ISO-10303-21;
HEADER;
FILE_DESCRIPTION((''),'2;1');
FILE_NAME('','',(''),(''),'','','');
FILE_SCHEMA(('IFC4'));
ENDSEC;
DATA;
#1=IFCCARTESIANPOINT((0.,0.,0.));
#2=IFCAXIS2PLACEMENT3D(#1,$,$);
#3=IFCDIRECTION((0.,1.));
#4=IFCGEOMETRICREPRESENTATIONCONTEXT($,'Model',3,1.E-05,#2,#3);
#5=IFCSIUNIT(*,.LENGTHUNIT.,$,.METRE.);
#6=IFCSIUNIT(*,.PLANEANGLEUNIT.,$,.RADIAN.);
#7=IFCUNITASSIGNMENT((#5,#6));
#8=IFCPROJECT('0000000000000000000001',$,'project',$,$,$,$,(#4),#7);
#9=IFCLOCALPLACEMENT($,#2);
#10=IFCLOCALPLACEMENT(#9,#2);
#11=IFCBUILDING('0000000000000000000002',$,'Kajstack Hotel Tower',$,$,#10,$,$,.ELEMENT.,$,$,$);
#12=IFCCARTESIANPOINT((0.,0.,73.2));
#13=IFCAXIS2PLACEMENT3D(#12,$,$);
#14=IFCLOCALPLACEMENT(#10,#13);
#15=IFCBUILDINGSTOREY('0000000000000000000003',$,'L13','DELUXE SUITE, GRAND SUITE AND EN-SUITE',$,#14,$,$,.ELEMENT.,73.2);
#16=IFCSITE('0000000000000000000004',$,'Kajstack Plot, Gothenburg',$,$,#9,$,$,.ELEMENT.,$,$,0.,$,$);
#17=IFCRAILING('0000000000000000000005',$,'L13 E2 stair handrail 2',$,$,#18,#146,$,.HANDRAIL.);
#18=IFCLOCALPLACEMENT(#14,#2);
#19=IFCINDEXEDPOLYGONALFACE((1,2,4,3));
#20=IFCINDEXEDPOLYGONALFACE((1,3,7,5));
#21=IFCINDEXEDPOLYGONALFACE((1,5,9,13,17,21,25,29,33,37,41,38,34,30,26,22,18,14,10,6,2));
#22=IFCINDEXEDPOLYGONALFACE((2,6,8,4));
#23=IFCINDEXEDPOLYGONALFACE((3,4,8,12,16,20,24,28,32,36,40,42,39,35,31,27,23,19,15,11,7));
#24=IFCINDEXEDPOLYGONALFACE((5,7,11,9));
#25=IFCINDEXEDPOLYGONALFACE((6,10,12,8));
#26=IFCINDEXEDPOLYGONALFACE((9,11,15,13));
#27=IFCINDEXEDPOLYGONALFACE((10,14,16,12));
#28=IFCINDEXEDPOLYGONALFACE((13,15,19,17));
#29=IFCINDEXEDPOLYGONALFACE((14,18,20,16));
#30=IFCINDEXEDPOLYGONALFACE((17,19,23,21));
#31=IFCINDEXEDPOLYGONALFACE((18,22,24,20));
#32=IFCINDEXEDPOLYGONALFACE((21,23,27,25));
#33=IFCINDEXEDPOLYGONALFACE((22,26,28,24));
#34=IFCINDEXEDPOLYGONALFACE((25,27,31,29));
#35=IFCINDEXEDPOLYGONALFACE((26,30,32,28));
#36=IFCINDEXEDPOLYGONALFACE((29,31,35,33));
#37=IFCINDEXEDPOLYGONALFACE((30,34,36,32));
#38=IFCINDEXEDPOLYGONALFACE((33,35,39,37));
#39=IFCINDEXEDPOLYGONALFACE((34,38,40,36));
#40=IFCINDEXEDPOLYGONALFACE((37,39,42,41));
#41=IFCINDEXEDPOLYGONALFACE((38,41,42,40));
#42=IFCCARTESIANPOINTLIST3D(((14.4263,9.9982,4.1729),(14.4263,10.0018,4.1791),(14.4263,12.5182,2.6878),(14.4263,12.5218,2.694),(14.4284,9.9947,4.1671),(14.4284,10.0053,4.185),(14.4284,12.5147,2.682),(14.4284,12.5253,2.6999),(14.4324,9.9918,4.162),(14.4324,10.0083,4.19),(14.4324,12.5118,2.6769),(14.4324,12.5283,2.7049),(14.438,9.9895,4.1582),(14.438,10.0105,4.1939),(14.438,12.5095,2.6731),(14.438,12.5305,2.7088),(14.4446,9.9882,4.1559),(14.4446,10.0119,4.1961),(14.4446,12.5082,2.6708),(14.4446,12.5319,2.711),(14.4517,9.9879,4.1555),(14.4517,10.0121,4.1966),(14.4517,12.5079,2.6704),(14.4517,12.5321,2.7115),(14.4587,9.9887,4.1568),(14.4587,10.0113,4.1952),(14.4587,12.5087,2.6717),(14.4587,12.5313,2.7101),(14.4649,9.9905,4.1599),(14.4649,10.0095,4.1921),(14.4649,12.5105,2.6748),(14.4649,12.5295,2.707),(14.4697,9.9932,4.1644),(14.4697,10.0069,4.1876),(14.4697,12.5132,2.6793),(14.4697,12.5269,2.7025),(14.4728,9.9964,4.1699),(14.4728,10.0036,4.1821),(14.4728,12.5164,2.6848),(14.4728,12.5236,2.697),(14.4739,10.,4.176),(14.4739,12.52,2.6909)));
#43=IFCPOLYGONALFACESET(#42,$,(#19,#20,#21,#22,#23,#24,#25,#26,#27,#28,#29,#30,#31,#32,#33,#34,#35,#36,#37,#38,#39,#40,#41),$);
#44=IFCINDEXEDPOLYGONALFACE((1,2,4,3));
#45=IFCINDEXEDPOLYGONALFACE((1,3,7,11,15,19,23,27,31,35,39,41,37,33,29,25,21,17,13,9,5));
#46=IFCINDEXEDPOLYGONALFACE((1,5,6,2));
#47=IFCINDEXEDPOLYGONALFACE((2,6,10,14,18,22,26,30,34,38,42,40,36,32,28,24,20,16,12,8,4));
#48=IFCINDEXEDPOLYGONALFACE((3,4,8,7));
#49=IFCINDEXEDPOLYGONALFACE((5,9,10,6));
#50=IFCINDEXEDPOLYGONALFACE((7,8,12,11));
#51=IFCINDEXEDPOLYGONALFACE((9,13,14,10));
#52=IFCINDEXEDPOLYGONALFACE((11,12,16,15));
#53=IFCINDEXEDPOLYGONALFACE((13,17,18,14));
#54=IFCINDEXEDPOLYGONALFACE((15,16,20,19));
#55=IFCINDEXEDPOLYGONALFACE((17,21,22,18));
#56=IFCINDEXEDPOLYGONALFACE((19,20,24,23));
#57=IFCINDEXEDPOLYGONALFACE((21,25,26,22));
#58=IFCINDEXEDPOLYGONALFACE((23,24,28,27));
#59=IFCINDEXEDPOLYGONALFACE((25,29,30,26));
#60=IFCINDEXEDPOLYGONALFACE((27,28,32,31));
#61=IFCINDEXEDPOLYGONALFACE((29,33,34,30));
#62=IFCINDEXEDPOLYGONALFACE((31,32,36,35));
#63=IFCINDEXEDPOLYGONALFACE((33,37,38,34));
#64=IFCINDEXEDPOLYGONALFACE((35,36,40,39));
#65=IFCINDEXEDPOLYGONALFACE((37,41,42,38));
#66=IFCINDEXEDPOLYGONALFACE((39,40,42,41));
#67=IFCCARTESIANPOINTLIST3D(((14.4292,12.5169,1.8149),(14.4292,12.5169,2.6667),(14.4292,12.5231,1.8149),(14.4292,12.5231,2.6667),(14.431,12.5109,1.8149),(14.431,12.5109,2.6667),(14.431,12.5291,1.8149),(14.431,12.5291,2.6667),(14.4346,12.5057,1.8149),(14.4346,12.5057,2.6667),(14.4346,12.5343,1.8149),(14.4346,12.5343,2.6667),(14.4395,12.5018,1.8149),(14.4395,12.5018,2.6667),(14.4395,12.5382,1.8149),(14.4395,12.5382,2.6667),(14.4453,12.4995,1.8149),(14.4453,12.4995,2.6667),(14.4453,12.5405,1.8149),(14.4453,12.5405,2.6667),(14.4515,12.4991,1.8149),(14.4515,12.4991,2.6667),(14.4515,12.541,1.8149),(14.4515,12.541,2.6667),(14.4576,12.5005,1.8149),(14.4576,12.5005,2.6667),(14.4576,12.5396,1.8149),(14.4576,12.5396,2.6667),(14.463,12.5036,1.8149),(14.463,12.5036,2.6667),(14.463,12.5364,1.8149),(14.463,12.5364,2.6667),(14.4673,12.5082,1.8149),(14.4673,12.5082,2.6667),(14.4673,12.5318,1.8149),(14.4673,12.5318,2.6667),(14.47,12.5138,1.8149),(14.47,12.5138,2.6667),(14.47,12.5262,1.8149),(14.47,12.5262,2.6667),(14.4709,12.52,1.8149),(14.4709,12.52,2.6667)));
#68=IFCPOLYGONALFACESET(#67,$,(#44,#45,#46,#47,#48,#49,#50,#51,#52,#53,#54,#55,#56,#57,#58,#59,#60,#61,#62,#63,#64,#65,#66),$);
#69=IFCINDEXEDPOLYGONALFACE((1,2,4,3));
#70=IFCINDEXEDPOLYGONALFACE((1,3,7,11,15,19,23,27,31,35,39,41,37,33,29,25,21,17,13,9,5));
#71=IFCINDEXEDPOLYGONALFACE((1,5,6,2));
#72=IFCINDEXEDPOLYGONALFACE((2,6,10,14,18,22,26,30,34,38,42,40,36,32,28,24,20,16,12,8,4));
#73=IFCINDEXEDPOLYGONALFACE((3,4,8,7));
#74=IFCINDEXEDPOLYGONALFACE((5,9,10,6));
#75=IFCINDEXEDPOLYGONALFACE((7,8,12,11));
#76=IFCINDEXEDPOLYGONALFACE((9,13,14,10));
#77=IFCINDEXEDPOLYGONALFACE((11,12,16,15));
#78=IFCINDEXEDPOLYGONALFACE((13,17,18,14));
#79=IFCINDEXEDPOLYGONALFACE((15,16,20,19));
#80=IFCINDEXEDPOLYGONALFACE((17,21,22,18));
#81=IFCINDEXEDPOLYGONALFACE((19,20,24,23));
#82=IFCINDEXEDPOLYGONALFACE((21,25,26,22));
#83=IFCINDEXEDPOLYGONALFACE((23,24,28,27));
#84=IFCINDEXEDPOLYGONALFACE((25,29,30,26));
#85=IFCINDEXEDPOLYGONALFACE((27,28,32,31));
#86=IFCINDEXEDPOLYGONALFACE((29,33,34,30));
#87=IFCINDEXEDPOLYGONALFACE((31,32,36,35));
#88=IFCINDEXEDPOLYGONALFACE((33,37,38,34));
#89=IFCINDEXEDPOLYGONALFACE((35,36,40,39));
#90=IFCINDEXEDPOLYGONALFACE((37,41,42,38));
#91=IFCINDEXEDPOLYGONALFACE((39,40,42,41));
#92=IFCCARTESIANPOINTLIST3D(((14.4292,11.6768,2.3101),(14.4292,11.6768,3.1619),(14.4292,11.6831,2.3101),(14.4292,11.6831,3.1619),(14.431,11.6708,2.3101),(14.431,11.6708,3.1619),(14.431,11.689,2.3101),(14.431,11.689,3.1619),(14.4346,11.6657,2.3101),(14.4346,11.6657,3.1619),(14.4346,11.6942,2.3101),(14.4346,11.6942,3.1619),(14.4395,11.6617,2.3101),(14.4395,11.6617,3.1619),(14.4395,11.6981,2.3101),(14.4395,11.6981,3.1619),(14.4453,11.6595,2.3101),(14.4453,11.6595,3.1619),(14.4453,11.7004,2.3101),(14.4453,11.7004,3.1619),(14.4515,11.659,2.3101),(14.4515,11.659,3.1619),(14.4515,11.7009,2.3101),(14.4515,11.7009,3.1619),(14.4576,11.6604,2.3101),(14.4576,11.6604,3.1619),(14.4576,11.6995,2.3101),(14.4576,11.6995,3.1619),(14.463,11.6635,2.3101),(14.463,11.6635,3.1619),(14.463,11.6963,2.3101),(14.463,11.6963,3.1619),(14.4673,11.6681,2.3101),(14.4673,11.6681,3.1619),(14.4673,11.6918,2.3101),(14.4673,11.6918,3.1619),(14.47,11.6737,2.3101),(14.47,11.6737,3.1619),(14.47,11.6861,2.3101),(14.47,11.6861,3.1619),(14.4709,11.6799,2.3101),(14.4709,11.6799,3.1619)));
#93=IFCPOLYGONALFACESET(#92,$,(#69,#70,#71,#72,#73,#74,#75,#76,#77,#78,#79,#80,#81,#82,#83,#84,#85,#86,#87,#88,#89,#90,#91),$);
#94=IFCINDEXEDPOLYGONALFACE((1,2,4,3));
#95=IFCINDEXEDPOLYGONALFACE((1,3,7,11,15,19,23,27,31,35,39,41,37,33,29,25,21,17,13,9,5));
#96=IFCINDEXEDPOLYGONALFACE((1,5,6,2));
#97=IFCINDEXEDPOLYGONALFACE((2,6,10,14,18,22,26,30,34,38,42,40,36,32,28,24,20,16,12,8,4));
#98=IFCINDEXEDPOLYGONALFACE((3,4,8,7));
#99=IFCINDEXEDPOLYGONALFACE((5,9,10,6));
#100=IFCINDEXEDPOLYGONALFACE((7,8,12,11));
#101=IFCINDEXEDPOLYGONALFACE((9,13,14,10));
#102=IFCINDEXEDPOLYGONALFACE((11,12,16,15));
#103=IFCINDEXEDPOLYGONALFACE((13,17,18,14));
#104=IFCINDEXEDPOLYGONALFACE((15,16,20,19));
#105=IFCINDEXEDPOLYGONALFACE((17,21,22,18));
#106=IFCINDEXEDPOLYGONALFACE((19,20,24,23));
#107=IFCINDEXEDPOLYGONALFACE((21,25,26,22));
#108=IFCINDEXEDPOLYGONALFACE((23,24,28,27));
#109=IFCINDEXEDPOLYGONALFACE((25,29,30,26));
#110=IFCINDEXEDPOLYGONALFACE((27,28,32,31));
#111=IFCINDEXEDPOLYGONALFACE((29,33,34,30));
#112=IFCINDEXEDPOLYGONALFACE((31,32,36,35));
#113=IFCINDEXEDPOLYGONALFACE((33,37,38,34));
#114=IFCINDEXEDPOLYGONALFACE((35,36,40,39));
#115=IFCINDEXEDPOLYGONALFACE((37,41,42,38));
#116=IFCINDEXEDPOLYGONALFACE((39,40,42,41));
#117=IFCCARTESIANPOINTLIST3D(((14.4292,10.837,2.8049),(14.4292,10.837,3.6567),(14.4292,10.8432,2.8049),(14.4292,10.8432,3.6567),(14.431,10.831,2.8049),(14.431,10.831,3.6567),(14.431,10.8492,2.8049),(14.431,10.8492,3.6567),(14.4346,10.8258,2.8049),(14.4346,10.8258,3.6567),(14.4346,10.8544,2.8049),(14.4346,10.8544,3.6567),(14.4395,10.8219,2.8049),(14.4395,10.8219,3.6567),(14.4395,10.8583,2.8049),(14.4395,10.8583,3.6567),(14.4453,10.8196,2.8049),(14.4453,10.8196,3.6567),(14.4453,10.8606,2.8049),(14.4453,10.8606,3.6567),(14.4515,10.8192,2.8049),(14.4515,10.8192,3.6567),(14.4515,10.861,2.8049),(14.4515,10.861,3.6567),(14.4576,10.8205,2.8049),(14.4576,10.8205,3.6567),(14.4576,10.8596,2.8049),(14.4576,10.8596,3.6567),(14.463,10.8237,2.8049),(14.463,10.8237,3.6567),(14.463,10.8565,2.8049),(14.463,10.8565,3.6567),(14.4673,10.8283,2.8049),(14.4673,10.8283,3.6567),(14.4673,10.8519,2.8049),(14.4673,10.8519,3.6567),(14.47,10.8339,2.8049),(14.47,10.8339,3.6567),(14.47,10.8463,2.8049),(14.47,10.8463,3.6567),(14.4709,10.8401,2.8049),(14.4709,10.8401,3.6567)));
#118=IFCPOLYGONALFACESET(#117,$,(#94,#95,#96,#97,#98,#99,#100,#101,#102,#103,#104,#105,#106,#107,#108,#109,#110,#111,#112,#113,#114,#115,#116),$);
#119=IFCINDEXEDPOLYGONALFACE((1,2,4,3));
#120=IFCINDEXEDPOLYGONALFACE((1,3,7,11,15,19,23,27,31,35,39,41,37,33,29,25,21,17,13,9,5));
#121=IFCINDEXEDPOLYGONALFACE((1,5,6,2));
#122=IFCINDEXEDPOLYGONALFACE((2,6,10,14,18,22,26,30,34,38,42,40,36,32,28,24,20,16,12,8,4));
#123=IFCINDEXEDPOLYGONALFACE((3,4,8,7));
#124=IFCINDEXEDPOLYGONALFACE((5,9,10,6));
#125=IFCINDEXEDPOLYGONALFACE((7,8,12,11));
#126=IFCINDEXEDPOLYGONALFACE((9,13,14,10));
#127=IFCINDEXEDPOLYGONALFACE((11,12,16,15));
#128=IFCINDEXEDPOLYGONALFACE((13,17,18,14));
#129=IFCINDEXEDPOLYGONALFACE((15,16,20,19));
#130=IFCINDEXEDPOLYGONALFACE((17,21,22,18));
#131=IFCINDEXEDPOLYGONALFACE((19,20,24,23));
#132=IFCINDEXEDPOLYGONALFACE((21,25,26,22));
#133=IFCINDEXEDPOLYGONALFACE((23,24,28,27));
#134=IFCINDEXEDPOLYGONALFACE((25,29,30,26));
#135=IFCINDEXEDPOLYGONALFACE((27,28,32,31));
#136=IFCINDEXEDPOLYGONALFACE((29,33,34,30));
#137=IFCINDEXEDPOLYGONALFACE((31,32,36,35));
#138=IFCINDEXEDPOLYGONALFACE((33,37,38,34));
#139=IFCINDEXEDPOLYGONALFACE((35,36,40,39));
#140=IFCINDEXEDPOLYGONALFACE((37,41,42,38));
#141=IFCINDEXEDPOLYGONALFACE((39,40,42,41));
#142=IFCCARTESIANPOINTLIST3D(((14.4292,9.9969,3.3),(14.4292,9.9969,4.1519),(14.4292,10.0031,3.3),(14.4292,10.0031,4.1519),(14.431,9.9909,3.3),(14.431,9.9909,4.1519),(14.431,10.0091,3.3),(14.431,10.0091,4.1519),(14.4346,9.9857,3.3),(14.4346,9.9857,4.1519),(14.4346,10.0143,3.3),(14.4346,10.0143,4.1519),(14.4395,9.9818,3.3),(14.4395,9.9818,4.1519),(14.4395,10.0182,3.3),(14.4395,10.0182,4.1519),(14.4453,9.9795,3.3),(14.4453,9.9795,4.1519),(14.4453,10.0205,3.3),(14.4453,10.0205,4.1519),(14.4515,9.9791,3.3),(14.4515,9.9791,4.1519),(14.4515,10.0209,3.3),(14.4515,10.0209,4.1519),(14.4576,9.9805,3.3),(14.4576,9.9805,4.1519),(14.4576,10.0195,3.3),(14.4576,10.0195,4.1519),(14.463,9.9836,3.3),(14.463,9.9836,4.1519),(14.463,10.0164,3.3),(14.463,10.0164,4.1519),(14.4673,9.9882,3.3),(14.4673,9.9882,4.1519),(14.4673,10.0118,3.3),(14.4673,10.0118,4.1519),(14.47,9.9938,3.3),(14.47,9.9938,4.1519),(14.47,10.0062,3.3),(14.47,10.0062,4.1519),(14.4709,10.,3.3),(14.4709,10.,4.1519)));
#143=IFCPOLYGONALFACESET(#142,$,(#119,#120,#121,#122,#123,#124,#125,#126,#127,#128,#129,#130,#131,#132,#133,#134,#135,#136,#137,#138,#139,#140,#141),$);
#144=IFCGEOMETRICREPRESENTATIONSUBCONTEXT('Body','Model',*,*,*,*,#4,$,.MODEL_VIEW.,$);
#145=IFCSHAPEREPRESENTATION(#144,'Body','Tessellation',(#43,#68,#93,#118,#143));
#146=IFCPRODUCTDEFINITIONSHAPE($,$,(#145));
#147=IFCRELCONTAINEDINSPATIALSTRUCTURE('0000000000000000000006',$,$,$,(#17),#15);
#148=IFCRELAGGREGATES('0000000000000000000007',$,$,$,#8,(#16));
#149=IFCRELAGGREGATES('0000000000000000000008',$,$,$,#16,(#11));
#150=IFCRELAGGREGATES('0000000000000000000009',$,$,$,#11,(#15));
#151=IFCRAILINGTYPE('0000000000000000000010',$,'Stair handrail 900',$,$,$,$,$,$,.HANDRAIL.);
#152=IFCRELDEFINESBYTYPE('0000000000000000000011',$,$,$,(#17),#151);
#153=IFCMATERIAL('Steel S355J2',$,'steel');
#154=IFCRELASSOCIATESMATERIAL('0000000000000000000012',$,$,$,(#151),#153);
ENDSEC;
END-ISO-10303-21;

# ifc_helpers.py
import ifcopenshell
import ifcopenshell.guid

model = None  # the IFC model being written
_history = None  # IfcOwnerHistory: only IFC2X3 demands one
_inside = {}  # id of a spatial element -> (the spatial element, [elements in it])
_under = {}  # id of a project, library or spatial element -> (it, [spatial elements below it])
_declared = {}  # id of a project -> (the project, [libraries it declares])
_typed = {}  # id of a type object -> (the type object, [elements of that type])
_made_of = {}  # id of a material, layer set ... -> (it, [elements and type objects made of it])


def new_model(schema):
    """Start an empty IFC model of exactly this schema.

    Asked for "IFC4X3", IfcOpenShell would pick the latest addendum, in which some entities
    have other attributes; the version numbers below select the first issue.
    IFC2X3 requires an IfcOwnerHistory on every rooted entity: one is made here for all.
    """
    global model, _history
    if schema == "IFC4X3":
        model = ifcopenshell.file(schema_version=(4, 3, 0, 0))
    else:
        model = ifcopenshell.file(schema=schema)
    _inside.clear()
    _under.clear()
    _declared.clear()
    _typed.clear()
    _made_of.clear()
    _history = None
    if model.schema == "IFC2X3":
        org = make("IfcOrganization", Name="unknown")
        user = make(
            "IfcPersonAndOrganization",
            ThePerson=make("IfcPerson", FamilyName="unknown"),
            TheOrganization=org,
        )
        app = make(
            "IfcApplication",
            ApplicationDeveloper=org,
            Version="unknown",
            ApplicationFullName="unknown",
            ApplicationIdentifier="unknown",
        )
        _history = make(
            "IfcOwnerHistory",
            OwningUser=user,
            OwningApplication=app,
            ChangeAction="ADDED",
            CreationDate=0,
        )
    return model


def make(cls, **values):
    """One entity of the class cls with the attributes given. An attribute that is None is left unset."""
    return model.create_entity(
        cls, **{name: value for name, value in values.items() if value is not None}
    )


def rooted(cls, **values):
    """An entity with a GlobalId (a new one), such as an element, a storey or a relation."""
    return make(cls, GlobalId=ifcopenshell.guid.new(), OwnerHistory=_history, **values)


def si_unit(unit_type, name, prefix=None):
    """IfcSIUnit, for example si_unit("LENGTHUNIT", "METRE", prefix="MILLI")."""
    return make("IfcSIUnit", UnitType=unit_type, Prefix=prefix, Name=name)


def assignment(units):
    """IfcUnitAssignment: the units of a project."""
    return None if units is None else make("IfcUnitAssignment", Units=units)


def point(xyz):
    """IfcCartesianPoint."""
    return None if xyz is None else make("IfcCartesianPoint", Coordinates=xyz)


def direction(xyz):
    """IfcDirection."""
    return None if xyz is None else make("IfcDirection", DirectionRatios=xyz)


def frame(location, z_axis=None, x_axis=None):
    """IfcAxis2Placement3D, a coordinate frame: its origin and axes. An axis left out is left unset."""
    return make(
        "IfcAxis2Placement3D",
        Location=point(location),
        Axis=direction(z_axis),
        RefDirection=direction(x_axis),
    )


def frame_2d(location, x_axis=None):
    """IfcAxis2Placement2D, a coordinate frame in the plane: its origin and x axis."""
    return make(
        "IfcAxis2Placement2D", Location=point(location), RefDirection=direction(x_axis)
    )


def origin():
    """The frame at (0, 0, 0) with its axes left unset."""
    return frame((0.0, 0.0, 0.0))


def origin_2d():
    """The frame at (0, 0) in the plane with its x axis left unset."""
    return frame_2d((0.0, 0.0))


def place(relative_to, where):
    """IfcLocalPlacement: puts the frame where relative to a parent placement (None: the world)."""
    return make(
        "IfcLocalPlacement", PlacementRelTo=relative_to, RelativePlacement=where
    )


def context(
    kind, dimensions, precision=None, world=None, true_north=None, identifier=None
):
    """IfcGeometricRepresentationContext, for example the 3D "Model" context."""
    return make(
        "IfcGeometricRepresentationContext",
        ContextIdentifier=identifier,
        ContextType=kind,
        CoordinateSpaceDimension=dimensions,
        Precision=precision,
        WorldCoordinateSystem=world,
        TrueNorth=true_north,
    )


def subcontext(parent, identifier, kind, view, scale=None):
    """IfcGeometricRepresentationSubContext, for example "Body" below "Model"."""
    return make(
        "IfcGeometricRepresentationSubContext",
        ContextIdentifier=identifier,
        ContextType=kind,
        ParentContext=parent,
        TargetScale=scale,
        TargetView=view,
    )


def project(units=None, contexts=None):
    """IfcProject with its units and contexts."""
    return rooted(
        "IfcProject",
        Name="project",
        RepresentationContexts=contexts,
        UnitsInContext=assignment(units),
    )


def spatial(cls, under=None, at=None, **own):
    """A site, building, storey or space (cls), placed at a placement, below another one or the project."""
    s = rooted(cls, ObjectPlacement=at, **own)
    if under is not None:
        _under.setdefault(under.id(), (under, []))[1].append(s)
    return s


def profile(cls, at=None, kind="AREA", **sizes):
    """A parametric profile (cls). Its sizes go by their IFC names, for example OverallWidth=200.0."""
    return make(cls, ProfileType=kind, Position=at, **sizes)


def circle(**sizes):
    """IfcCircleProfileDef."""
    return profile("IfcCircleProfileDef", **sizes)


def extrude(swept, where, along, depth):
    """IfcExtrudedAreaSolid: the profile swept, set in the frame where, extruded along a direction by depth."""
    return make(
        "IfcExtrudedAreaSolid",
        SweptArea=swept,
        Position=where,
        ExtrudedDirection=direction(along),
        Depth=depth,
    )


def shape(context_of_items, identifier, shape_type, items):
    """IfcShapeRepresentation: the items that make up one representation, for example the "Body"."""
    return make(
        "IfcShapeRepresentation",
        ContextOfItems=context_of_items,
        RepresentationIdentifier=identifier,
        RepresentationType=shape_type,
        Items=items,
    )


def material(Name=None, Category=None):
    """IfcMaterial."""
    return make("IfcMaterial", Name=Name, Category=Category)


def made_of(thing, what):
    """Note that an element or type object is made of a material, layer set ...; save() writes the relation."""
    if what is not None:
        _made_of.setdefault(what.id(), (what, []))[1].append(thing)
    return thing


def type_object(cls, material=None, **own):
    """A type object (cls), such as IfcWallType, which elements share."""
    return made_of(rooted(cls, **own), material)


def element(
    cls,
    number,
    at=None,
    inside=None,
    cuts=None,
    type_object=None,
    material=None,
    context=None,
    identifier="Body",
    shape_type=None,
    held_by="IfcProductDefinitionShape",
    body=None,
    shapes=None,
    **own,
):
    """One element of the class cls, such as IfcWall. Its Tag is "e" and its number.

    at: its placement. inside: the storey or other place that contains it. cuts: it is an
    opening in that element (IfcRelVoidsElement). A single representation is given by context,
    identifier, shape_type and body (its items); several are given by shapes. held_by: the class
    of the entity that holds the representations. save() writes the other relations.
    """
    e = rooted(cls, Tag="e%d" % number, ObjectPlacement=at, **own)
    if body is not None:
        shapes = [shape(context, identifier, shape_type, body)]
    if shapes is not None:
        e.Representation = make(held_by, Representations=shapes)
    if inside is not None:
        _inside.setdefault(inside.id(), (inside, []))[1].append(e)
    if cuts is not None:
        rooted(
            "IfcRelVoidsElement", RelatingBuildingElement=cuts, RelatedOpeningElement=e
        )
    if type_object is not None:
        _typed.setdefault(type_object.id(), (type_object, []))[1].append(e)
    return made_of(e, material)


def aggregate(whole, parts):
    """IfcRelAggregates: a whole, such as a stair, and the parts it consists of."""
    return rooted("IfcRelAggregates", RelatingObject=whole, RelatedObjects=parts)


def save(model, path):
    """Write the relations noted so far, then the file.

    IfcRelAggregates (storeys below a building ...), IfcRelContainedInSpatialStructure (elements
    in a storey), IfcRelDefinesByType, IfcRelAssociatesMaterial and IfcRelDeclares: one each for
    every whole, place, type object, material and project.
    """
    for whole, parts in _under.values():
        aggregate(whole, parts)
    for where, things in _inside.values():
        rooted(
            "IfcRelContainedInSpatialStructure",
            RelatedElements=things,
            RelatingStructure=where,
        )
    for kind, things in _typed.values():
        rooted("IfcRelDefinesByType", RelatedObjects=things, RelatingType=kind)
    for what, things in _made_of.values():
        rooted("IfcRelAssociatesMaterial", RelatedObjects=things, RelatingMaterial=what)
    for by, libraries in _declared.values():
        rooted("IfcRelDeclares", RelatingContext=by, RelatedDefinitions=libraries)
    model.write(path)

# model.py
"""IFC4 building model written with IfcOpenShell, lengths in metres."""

from ifc_helpers import new_model, si_unit, direction, frame, origin, origin_2d, place, context, subcontext, project, spatial, circle, extrude, material, type_object, element, save


model = new_model("IFC4")

# Units and contexts
model_context = context("Model", 3, precision=1e-05, world=origin(), true_north=direction((0.0, 1.0)))
body_context = subcontext(model_context, "Body", "Model", "MODEL_VIEW")
ifc_project = project(units=[si_unit("LENGTHUNIT", "METRE"), si_unit("PLANEANGLEUNIT", "RADIAN")], contexts=[model_context])

# Site, building, storey
site_placement = place(None, origin())
site = spatial("IfcSite", under=ifc_project, at=site_placement, Name="Kajstack Plot, Gothenburg", CompositionType="ELEMENT", RefElevation=0.0)
building_placement = place(site_placement, origin())
building = spatial("IfcBuilding", under=site, at=building_placement, Name="Kajstack Hotel Tower", CompositionType="ELEMENT")
storey_placement = place(building_placement, frame((0.0, 0.0, 73.2)))
storey = spatial("IfcBuildingStorey", under=building, at=storey_placement, Name="L13", Description="DELUXE SUITE, GRAND SUITE AND EN-SUITE", CompositionType="ELEMENT", Elevation=73.2)

# Railing
ifc_material_1 = material(Name="Steel S355J2", Category="steel")
railing_type_1 = type_object("IfcRailingType", Name="Stair handrail 900", PredefinedType="HANDRAIL", material=ifc_material_1)
railing_1_placement = place(storey_placement, frame((14.45, 12.52, 1.8149)))
element("IfcRailing", 1, at=railing_1_placement, inside=storey, type_object=railing_type_1, Name="L13 E2 stair handrail 2", PredefinedType="HANDRAIL", context=body_context, shape_type="SweptSolid", body=[
    extrude(circle(Radius=0.0239, at=origin_2d()), frame((0.0, 0.0, 0.876), z_axis=(0.0, -0.861524, 0.507717), x_axis=(1.0, 0.0, 0.0)), (0.0, 0.0, 1.0), 2.925),
    extrude(circle(Radius=0.021, at=origin_2d()), origin(), (0.0, 0.0, 1.0), 0.8518),
    extrude(circle(Radius=0.021, at=origin_2d()), frame((0.0, -0.8401, 0.4951)), (0.0, 0.0, 1.0), 0.8518),
    extrude(circle(Radius=0.021, at=origin_2d()), frame((0.0, -1.6799, 0.99)), (0.0, 0.0, 1.0), 0.8518),
    extrude(circle(Radius=0.021, at=origin_2d()), frame((0.0, -2.52, 1.4851)), (0.0, 0.0, 1.0), 0.8518),
])

save(model, "model.ifc")
